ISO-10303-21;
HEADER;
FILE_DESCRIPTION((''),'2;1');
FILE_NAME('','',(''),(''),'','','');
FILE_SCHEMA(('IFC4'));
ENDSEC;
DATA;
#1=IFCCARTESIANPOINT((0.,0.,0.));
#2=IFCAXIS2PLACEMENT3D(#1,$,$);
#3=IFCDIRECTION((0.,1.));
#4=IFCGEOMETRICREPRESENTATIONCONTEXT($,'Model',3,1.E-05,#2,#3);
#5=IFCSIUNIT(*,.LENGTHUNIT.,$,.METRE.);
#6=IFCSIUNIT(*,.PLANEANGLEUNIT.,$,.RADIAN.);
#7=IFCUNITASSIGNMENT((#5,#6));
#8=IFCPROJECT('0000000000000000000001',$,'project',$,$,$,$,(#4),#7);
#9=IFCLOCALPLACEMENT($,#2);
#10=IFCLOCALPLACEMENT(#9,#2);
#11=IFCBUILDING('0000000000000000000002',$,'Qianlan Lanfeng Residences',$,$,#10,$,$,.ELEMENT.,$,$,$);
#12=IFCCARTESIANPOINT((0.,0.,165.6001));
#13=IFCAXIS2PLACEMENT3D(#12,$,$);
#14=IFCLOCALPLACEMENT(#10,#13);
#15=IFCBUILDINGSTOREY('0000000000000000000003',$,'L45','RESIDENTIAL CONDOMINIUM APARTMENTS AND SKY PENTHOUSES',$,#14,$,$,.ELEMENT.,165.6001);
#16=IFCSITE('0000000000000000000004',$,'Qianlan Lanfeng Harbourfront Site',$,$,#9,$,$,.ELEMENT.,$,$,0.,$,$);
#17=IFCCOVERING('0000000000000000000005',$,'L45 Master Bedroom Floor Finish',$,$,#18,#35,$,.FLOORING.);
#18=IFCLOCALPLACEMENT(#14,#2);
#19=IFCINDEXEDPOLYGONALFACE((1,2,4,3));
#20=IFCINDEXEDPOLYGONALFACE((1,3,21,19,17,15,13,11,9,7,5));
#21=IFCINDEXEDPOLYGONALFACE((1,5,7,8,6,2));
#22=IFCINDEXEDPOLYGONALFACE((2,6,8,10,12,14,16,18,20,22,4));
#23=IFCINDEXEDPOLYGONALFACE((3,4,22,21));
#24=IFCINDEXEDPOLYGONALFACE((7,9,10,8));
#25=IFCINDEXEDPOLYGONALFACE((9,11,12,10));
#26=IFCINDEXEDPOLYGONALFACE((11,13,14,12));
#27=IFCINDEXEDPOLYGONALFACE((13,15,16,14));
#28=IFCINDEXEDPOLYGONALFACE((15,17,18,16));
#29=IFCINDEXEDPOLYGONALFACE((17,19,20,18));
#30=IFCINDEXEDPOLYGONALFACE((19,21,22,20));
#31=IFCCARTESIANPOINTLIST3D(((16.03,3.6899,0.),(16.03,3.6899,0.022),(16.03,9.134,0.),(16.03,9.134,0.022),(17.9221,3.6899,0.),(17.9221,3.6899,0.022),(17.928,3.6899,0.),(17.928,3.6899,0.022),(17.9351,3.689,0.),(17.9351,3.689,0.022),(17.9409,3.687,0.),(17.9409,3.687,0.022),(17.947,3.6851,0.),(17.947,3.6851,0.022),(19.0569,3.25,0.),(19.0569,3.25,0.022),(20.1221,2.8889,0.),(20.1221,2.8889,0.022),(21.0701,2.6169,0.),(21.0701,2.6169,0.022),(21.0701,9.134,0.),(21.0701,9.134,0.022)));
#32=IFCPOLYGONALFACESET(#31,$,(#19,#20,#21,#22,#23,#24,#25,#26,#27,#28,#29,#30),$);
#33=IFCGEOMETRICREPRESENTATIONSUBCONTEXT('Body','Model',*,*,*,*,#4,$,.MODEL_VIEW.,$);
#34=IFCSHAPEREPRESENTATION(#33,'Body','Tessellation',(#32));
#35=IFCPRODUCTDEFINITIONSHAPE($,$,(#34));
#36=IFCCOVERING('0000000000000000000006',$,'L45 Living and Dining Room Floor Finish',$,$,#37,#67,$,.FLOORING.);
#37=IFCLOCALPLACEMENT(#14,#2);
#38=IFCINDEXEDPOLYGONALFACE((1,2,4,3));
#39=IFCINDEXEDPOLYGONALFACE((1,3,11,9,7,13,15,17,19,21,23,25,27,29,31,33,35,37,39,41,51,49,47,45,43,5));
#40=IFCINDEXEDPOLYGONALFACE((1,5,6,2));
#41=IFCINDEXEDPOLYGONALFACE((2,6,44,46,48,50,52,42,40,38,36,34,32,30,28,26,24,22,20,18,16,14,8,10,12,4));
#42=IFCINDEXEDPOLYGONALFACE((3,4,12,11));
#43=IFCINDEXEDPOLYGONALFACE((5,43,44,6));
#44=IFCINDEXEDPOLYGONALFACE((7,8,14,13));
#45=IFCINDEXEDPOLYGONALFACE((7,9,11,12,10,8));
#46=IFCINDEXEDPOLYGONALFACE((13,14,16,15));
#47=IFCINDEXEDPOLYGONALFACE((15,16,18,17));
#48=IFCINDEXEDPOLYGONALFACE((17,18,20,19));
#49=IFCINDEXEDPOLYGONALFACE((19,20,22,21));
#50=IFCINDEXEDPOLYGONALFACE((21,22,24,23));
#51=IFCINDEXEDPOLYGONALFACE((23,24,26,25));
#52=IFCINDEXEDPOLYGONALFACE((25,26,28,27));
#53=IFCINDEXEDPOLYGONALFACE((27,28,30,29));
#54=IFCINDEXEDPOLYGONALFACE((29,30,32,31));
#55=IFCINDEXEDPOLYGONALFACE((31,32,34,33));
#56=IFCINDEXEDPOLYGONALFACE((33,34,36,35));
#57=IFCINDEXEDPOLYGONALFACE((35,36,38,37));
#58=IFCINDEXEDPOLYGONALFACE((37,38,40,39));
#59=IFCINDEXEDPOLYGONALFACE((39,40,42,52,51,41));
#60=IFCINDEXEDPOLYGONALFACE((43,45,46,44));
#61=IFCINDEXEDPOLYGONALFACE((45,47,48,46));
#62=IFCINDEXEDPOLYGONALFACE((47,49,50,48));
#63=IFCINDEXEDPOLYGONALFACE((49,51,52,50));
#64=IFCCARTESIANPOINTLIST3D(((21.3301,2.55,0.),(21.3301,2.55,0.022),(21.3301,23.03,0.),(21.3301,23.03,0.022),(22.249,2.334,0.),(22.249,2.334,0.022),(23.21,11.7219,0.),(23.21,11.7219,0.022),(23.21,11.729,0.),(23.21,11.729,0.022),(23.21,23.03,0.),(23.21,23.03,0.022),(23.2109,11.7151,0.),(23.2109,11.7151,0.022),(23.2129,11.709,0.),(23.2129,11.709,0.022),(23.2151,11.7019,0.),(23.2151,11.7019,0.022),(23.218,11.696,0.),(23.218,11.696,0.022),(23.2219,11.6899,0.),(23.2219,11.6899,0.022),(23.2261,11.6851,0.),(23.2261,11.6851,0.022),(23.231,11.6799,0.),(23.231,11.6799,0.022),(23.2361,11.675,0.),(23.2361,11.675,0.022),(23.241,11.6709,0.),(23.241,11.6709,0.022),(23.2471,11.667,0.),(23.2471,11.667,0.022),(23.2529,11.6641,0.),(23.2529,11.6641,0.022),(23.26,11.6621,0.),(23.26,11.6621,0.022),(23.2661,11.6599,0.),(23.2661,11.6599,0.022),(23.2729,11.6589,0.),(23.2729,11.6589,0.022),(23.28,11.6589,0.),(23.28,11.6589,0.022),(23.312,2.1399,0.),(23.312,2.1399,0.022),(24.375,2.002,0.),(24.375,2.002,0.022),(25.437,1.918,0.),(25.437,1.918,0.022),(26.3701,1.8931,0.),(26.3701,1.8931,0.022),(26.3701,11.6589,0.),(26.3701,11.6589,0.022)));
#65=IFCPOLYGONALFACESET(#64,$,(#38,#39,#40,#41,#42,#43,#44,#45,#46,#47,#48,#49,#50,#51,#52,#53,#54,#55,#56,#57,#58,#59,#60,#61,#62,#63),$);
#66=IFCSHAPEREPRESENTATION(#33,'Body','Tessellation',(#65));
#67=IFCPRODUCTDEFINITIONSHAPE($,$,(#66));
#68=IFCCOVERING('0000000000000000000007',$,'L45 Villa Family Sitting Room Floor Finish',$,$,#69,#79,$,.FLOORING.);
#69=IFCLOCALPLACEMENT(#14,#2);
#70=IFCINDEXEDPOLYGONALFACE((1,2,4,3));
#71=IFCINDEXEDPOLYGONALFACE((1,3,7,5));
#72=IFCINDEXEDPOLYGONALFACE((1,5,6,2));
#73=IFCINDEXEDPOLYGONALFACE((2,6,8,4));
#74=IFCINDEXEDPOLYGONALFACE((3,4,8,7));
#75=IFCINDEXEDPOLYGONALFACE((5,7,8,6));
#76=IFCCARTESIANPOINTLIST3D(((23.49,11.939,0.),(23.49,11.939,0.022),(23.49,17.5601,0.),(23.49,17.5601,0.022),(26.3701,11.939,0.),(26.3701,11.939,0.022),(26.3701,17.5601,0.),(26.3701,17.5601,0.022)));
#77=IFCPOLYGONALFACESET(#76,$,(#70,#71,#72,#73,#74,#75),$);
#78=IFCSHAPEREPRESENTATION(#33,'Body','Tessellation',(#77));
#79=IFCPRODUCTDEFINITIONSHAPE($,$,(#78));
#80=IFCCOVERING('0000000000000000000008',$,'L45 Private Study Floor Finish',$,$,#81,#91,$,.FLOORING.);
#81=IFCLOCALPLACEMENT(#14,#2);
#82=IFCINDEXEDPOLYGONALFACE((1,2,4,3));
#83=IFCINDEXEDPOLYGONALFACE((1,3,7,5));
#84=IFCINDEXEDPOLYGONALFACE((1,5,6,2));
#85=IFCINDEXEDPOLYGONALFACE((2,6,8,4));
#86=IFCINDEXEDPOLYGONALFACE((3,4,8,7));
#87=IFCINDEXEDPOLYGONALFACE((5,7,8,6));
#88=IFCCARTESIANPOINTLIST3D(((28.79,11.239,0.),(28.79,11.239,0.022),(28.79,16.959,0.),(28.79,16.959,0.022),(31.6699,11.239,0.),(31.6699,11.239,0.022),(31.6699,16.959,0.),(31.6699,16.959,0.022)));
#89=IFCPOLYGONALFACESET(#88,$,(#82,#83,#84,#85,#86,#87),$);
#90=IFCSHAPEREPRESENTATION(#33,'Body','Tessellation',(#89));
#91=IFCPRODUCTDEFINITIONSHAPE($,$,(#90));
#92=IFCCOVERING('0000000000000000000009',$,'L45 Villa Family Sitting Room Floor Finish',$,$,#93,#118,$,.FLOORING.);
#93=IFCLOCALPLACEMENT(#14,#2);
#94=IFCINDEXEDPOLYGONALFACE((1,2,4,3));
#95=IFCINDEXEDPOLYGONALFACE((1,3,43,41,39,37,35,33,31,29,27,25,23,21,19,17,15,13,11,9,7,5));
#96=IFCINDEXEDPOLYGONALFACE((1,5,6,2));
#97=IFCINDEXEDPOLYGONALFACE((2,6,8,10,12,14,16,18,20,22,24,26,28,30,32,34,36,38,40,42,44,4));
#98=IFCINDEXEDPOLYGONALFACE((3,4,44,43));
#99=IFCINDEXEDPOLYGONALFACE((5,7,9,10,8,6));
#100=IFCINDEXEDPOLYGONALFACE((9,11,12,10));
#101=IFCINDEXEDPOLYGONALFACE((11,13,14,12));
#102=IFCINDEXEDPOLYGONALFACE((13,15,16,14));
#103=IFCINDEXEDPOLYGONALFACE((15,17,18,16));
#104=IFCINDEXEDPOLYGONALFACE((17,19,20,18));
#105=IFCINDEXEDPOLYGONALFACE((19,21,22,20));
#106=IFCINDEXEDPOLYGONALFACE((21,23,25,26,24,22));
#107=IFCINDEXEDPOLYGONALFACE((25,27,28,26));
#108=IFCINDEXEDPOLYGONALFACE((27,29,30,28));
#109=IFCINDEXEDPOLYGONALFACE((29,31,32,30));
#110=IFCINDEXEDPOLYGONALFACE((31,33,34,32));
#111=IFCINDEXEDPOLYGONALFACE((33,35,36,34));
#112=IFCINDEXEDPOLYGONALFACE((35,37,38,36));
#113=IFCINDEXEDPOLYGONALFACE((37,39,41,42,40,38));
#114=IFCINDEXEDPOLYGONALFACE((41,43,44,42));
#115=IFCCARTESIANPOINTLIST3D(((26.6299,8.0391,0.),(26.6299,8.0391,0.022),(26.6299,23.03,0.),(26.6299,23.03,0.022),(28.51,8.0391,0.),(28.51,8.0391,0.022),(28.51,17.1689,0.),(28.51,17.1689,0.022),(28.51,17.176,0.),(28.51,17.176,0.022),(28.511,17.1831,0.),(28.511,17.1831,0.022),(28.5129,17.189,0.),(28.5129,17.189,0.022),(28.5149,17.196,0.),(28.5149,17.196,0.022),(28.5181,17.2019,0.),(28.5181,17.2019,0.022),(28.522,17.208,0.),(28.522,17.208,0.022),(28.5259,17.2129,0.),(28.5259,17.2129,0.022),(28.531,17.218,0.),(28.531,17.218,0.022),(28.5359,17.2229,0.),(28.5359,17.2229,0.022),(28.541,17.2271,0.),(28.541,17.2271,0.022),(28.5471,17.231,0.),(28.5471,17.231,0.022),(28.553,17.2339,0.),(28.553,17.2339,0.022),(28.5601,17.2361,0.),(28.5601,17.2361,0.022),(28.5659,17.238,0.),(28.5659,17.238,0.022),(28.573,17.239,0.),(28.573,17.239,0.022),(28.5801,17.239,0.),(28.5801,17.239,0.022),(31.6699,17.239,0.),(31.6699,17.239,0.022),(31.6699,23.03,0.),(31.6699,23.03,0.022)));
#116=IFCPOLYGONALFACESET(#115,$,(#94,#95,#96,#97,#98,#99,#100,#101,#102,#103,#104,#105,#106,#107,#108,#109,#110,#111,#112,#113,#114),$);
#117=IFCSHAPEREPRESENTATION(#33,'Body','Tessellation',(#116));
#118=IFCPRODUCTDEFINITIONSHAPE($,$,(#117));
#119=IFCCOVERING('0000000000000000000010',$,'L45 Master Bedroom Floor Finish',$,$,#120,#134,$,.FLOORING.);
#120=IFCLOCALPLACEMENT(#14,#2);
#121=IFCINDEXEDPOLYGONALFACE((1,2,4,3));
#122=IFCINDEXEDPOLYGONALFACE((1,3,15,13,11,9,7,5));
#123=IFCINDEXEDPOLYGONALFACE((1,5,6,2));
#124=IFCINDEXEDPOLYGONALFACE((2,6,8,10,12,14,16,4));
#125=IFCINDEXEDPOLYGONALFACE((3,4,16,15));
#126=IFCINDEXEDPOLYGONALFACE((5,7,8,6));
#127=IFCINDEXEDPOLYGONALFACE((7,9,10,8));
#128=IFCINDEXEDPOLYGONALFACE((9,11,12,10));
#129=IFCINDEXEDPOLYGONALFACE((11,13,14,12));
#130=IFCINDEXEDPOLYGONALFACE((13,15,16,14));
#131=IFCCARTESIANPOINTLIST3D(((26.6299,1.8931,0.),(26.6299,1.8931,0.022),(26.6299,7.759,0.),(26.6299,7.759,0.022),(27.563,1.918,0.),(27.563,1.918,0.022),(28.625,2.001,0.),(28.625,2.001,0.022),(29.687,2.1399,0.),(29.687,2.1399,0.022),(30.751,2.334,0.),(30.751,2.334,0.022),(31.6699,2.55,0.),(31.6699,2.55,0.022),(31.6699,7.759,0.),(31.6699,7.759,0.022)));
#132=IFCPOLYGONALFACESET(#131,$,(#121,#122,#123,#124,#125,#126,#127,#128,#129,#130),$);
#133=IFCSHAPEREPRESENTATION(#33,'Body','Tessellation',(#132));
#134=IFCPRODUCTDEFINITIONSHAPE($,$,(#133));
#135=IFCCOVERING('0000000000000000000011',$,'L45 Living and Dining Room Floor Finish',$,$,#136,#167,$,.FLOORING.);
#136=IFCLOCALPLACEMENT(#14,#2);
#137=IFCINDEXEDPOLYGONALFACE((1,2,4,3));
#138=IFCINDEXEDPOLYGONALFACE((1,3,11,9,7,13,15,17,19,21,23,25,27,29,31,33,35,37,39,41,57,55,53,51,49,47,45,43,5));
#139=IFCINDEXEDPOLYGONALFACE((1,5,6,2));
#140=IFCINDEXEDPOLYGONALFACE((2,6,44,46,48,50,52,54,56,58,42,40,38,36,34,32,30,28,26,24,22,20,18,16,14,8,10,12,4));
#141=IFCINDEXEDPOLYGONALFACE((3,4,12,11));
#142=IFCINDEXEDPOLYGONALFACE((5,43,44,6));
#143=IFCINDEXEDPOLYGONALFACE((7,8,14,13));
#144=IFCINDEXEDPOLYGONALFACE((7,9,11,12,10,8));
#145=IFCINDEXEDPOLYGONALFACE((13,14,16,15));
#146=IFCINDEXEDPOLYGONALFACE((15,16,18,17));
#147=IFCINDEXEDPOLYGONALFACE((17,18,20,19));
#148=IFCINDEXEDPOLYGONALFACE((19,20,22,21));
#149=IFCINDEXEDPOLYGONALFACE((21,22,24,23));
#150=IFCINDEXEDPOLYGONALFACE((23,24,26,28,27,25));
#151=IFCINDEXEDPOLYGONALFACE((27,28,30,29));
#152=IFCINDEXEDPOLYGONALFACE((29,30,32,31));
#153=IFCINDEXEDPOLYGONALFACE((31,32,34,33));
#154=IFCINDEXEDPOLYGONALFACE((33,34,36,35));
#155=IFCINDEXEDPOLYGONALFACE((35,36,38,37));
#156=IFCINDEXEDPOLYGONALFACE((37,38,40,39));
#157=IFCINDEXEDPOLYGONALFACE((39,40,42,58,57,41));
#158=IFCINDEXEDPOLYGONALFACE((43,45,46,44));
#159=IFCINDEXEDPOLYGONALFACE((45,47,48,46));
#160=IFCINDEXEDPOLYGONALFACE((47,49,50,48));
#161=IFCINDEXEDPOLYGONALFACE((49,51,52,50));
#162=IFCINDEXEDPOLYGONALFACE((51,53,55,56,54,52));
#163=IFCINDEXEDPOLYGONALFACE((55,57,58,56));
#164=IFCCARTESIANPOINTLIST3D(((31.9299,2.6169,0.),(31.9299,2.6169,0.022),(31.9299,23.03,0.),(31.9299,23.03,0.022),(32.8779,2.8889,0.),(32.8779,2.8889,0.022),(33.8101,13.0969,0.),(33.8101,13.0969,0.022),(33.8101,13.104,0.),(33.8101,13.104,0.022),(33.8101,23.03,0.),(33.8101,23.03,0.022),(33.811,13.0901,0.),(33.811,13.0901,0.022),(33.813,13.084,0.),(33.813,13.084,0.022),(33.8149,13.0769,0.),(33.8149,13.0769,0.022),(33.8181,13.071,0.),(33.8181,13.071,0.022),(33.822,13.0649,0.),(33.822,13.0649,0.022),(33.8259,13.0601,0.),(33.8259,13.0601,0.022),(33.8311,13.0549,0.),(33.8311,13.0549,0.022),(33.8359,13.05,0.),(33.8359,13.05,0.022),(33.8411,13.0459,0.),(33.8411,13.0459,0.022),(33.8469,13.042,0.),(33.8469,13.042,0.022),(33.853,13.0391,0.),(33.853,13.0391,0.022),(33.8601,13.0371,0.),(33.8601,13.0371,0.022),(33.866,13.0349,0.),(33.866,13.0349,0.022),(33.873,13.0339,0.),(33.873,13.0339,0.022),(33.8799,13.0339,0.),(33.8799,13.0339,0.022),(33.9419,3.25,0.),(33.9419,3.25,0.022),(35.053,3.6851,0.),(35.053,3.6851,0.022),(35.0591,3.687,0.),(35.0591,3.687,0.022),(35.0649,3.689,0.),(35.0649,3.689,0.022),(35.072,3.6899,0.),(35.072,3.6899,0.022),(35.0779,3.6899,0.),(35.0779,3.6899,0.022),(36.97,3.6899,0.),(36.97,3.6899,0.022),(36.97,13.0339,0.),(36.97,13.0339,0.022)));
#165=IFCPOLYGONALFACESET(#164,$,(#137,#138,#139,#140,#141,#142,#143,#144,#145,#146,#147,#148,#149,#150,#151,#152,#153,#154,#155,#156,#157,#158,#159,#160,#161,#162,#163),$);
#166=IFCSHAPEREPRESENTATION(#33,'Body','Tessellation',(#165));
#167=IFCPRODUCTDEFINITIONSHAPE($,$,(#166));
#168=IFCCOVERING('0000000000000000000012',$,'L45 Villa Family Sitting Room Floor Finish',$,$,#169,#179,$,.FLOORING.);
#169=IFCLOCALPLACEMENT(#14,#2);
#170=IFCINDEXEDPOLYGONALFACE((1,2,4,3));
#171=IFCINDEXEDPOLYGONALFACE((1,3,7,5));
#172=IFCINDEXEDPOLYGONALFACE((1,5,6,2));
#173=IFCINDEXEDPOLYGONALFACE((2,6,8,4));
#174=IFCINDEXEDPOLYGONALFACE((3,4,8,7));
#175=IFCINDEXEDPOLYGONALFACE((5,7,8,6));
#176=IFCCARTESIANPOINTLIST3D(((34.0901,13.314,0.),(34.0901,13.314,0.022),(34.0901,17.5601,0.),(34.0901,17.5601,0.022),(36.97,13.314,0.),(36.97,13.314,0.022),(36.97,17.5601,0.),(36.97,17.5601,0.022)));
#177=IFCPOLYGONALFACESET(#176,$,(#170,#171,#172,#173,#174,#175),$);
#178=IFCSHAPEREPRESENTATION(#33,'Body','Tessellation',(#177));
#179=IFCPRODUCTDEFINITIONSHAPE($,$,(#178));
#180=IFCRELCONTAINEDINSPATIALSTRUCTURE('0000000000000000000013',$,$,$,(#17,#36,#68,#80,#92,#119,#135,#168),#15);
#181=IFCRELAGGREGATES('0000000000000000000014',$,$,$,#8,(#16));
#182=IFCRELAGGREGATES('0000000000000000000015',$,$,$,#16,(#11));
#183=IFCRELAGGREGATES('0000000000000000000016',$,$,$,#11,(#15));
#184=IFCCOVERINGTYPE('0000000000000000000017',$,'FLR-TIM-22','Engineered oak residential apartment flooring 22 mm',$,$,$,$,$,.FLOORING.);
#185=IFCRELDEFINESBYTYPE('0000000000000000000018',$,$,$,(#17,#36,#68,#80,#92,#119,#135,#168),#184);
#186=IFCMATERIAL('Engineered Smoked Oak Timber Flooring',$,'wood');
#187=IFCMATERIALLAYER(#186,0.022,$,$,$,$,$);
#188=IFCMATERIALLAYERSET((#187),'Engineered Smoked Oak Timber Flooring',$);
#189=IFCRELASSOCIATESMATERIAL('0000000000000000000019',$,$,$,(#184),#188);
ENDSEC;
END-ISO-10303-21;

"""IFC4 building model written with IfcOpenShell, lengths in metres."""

from ifc_helpers import new_model, si_unit, direction, frame, origin, place, context, subcontext, project, spatial, polyline, outline, extrude, material, layer, layer_set, type_object, element, save


model = new_model("IFC4")

# Units and contexts
model_context = context("Model", 3, precision=1e-05, world=origin(), true_north=direction((0.0, 1.0)))
body_context = subcontext(model_context, "Body", "Model", "MODEL_VIEW")
ifc_project = project(units=[si_unit("LENGTHUNIT", "METRE"), si_unit("PLANEANGLEUNIT", "RADIAN")], contexts=[model_context])

# Site, building, storey
site_placement = place(None, origin())
site = spatial("IfcSite", under=ifc_project, at=site_placement, Name="Qianlan Lanfeng Harbourfront Site", CompositionType="ELEMENT", RefElevation=0.0)
building_placement = place(site_placement, origin())
building = spatial("IfcBuilding", under=site, at=building_placement, Name="Qianlan Lanfeng Residences", CompositionType="ELEMENT")
storey_placement = place(building_placement, frame((0.0, 0.0, 165.6001)))
storey = spatial("IfcBuildingStorey", under=building, at=storey_placement, Name="L45", Description="RESIDENTIAL CONDOMINIUM APARTMENTS AND SKY PENTHOUSES", CompositionType="ELEMENT", Elevation=165.6001)

# Coverings
ifc_material_1 = material(Name="Engineered Smoked Oak Timber Flooring", Category="wood")
ifc_layer_1 = layer(ifc_material_1, 0.022)
ifc_layer_set_1 = layer_set([ifc_layer_1], Name="Engineered Smoked Oak Timber Flooring")
covering_type_1 = type_object("IfcCoveringType", Name="FLR-TIM-22", Description="Engineered oak residential apartment flooring 22 mm", PredefinedType="FLOORING", material=ifc_layer_set_1)
covering_1_placement = place(storey_placement, origin())
element("IfcCovering", 1, at=covering_1_placement, inside=storey, type_object=covering_type_1, Name="L45 Master Bedroom Floor Finish", PredefinedType="FLOORING", context=body_context, shape_type="SweptSolid", body=[
    extrude(outline(polyline([(16.03, 9.134), (16.03, 3.6899), (17.9221, 3.6899), (17.928, 3.6899), (17.9351, 3.689), (17.9409, 3.687), (17.947, 3.6851), (19.0569, 3.25), (20.1221, 2.8889), (21.0701, 2.6169), (21.0701, 9.134), (16.03, 9.134)])), origin(), (0.0, 0.0, 1.0), 0.022),
])
covering_2_placement = place(storey_placement, origin())
element("IfcCovering", 2, at=covering_2_placement, inside=storey, type_object=covering_type_1, Name="L45 Living and Dining Room Floor Finish", PredefinedType="FLOORING", context=body_context, shape_type="SweptSolid", body=[
    extrude(outline(polyline([(26.3701, 1.8931), (26.3701, 11.6589), (23.28, 11.6589), (23.2729, 11.6589), (23.2661, 11.6599), (23.26, 11.6621), (23.2529, 11.6641), (23.2471, 11.667), (23.241, 11.6709), (23.2361, 11.675), (23.231, 11.6799), (23.2261, 11.6851), (23.2219, 11.6899), (23.218, 11.696), (23.2151, 11.7019), (23.2129, 11.709), (23.2109, 11.7151), (23.21, 11.7219), (23.21, 11.729), (23.21, 23.03), (21.3301, 23.03), (21.3301, 2.55), (22.249, 2.334), (23.312, 2.1399), (24.375, 2.002), (25.437, 1.918), (26.3701, 1.8931)])), origin(), (0.0, 0.0, 1.0), 0.022),
])
covering_3_placement = place(storey_placement, origin())
element("IfcCovering", 3, at=covering_3_placement, inside=storey, type_object=covering_type_1, Name="L45 Villa Family Sitting Room Floor Finish", PredefinedType="FLOORING", context=body_context, shape_type="SweptSolid", body=[
    extrude(outline(polyline([(23.49, 17.5601), (23.49, 11.939), (26.3701, 11.939), (26.3701, 17.5601), (23.49, 17.5601)])), origin(), (0.0, 0.0, 1.0), 0.022),
])
covering_4_placement = place(storey_placement, origin())
element("IfcCovering", 4, at=covering_4_placement, inside=storey, type_object=covering_type_1, Name="L45 Private Study Floor Finish", PredefinedType="FLOORING", context=body_context, shape_type="SweptSolid", body=[
    extrude(outline(polyline([(28.79, 11.239), (31.6699, 11.239), (31.6699, 16.959), (28.79, 16.959), (28.79, 11.239)])), origin(), (0.0, 0.0, 1.0), 0.022),
])
covering_5_placement = place(storey_placement, origin())
element("IfcCovering", 5, at=covering_5_placement, inside=storey, type_object=covering_type_1, Name="L45 Villa Family Sitting Room Floor Finish", PredefinedType="FLOORING", context=body_context, shape_type="SweptSolid", body=[
    extrude(outline(polyline([(26.6299, 8.0391), (28.51, 8.0391), (28.51, 17.1689), (28.51, 17.176), (28.511, 17.1831), (28.5129, 17.189), (28.5149, 17.196), (28.5181, 17.2019), (28.522, 17.208), (28.5259, 17.2129), (28.531, 17.218), (28.5359, 17.2229), (28.541, 17.2271), (28.5471, 17.231), (28.553, 17.2339), (28.5601, 17.2361), (28.5659, 17.238), (28.573, 17.239), (28.5801, 17.239), (31.6699, 17.239), (31.6699, 23.03), (26.6299, 23.03), (26.6299, 8.0391)])), origin(), (0.0, 0.0, 1.0), 0.022),
])
covering_6_placement = place(storey_placement, origin())
element("IfcCovering", 6, at=covering_6_placement, inside=storey, type_object=covering_type_1, Name="L45 Master Bedroom Floor Finish", PredefinedType="FLOORING", context=body_context, shape_type="SweptSolid", body=[
    extrude(outline(polyline([(26.6299, 7.759), (26.6299, 1.8931), (27.563, 1.918), (28.625, 2.001), (29.687, 2.1399), (30.751, 2.334), (31.6699, 2.55), (31.6699, 7.759), (26.6299, 7.759)])), origin(), (0.0, 0.0, 1.0), 0.022),
])
covering_7_placement = place(storey_placement, origin())
element("IfcCovering", 7, at=covering_7_placement, inside=storey, type_object=covering_type_1, Name="L45 Living and Dining Room Floor Finish", PredefinedType="FLOORING", context=body_context, shape_type="SweptSolid", body=[
    extrude(outline(polyline([(36.97, 3.6899), (36.97, 13.0339), (33.8799, 13.0339), (33.873, 13.0339), (33.866, 13.0349), (33.8601, 13.0371), (33.853, 13.0391), (33.8469, 13.042), (33.8411, 13.0459), (33.8359, 13.05), (33.8311, 13.0549), (33.8259, 13.0601), (33.822, 13.0649), (33.8181, 13.071), (33.8149, 13.0769), (33.813, 13.084), (33.811, 13.0901), (33.8101, 13.0969), (33.8101, 13.104), (33.8101, 23.03), (31.9299, 23.03), (31.9299, 2.6169), (32.8779, 2.8889), (33.9419, 3.25), (35.053, 3.6851), (35.0591, 3.687), (35.0649, 3.689), (35.072, 3.6899), (35.0779, 3.6899), (36.97, 3.6899)])), origin(), (0.0, 0.0, 1.0), 0.022),
])
covering_8_placement = place(storey_placement, origin())
element("IfcCovering", 8, at=covering_8_placement, inside=storey, type_object=covering_type_1, Name="L45 Villa Family Sitting Room Floor Finish", PredefinedType="FLOORING", context=body_context, shape_type="SweptSolid", body=[
    extrude(outline(polyline([(34.0901, 17.5601), (34.0901, 13.314), (36.97, 13.314), (36.97, 17.5601), (34.0901, 17.5601)])), origin(), (0.0, 0.0, 1.0), 0.022),
])

save(model, "model.ifc")
